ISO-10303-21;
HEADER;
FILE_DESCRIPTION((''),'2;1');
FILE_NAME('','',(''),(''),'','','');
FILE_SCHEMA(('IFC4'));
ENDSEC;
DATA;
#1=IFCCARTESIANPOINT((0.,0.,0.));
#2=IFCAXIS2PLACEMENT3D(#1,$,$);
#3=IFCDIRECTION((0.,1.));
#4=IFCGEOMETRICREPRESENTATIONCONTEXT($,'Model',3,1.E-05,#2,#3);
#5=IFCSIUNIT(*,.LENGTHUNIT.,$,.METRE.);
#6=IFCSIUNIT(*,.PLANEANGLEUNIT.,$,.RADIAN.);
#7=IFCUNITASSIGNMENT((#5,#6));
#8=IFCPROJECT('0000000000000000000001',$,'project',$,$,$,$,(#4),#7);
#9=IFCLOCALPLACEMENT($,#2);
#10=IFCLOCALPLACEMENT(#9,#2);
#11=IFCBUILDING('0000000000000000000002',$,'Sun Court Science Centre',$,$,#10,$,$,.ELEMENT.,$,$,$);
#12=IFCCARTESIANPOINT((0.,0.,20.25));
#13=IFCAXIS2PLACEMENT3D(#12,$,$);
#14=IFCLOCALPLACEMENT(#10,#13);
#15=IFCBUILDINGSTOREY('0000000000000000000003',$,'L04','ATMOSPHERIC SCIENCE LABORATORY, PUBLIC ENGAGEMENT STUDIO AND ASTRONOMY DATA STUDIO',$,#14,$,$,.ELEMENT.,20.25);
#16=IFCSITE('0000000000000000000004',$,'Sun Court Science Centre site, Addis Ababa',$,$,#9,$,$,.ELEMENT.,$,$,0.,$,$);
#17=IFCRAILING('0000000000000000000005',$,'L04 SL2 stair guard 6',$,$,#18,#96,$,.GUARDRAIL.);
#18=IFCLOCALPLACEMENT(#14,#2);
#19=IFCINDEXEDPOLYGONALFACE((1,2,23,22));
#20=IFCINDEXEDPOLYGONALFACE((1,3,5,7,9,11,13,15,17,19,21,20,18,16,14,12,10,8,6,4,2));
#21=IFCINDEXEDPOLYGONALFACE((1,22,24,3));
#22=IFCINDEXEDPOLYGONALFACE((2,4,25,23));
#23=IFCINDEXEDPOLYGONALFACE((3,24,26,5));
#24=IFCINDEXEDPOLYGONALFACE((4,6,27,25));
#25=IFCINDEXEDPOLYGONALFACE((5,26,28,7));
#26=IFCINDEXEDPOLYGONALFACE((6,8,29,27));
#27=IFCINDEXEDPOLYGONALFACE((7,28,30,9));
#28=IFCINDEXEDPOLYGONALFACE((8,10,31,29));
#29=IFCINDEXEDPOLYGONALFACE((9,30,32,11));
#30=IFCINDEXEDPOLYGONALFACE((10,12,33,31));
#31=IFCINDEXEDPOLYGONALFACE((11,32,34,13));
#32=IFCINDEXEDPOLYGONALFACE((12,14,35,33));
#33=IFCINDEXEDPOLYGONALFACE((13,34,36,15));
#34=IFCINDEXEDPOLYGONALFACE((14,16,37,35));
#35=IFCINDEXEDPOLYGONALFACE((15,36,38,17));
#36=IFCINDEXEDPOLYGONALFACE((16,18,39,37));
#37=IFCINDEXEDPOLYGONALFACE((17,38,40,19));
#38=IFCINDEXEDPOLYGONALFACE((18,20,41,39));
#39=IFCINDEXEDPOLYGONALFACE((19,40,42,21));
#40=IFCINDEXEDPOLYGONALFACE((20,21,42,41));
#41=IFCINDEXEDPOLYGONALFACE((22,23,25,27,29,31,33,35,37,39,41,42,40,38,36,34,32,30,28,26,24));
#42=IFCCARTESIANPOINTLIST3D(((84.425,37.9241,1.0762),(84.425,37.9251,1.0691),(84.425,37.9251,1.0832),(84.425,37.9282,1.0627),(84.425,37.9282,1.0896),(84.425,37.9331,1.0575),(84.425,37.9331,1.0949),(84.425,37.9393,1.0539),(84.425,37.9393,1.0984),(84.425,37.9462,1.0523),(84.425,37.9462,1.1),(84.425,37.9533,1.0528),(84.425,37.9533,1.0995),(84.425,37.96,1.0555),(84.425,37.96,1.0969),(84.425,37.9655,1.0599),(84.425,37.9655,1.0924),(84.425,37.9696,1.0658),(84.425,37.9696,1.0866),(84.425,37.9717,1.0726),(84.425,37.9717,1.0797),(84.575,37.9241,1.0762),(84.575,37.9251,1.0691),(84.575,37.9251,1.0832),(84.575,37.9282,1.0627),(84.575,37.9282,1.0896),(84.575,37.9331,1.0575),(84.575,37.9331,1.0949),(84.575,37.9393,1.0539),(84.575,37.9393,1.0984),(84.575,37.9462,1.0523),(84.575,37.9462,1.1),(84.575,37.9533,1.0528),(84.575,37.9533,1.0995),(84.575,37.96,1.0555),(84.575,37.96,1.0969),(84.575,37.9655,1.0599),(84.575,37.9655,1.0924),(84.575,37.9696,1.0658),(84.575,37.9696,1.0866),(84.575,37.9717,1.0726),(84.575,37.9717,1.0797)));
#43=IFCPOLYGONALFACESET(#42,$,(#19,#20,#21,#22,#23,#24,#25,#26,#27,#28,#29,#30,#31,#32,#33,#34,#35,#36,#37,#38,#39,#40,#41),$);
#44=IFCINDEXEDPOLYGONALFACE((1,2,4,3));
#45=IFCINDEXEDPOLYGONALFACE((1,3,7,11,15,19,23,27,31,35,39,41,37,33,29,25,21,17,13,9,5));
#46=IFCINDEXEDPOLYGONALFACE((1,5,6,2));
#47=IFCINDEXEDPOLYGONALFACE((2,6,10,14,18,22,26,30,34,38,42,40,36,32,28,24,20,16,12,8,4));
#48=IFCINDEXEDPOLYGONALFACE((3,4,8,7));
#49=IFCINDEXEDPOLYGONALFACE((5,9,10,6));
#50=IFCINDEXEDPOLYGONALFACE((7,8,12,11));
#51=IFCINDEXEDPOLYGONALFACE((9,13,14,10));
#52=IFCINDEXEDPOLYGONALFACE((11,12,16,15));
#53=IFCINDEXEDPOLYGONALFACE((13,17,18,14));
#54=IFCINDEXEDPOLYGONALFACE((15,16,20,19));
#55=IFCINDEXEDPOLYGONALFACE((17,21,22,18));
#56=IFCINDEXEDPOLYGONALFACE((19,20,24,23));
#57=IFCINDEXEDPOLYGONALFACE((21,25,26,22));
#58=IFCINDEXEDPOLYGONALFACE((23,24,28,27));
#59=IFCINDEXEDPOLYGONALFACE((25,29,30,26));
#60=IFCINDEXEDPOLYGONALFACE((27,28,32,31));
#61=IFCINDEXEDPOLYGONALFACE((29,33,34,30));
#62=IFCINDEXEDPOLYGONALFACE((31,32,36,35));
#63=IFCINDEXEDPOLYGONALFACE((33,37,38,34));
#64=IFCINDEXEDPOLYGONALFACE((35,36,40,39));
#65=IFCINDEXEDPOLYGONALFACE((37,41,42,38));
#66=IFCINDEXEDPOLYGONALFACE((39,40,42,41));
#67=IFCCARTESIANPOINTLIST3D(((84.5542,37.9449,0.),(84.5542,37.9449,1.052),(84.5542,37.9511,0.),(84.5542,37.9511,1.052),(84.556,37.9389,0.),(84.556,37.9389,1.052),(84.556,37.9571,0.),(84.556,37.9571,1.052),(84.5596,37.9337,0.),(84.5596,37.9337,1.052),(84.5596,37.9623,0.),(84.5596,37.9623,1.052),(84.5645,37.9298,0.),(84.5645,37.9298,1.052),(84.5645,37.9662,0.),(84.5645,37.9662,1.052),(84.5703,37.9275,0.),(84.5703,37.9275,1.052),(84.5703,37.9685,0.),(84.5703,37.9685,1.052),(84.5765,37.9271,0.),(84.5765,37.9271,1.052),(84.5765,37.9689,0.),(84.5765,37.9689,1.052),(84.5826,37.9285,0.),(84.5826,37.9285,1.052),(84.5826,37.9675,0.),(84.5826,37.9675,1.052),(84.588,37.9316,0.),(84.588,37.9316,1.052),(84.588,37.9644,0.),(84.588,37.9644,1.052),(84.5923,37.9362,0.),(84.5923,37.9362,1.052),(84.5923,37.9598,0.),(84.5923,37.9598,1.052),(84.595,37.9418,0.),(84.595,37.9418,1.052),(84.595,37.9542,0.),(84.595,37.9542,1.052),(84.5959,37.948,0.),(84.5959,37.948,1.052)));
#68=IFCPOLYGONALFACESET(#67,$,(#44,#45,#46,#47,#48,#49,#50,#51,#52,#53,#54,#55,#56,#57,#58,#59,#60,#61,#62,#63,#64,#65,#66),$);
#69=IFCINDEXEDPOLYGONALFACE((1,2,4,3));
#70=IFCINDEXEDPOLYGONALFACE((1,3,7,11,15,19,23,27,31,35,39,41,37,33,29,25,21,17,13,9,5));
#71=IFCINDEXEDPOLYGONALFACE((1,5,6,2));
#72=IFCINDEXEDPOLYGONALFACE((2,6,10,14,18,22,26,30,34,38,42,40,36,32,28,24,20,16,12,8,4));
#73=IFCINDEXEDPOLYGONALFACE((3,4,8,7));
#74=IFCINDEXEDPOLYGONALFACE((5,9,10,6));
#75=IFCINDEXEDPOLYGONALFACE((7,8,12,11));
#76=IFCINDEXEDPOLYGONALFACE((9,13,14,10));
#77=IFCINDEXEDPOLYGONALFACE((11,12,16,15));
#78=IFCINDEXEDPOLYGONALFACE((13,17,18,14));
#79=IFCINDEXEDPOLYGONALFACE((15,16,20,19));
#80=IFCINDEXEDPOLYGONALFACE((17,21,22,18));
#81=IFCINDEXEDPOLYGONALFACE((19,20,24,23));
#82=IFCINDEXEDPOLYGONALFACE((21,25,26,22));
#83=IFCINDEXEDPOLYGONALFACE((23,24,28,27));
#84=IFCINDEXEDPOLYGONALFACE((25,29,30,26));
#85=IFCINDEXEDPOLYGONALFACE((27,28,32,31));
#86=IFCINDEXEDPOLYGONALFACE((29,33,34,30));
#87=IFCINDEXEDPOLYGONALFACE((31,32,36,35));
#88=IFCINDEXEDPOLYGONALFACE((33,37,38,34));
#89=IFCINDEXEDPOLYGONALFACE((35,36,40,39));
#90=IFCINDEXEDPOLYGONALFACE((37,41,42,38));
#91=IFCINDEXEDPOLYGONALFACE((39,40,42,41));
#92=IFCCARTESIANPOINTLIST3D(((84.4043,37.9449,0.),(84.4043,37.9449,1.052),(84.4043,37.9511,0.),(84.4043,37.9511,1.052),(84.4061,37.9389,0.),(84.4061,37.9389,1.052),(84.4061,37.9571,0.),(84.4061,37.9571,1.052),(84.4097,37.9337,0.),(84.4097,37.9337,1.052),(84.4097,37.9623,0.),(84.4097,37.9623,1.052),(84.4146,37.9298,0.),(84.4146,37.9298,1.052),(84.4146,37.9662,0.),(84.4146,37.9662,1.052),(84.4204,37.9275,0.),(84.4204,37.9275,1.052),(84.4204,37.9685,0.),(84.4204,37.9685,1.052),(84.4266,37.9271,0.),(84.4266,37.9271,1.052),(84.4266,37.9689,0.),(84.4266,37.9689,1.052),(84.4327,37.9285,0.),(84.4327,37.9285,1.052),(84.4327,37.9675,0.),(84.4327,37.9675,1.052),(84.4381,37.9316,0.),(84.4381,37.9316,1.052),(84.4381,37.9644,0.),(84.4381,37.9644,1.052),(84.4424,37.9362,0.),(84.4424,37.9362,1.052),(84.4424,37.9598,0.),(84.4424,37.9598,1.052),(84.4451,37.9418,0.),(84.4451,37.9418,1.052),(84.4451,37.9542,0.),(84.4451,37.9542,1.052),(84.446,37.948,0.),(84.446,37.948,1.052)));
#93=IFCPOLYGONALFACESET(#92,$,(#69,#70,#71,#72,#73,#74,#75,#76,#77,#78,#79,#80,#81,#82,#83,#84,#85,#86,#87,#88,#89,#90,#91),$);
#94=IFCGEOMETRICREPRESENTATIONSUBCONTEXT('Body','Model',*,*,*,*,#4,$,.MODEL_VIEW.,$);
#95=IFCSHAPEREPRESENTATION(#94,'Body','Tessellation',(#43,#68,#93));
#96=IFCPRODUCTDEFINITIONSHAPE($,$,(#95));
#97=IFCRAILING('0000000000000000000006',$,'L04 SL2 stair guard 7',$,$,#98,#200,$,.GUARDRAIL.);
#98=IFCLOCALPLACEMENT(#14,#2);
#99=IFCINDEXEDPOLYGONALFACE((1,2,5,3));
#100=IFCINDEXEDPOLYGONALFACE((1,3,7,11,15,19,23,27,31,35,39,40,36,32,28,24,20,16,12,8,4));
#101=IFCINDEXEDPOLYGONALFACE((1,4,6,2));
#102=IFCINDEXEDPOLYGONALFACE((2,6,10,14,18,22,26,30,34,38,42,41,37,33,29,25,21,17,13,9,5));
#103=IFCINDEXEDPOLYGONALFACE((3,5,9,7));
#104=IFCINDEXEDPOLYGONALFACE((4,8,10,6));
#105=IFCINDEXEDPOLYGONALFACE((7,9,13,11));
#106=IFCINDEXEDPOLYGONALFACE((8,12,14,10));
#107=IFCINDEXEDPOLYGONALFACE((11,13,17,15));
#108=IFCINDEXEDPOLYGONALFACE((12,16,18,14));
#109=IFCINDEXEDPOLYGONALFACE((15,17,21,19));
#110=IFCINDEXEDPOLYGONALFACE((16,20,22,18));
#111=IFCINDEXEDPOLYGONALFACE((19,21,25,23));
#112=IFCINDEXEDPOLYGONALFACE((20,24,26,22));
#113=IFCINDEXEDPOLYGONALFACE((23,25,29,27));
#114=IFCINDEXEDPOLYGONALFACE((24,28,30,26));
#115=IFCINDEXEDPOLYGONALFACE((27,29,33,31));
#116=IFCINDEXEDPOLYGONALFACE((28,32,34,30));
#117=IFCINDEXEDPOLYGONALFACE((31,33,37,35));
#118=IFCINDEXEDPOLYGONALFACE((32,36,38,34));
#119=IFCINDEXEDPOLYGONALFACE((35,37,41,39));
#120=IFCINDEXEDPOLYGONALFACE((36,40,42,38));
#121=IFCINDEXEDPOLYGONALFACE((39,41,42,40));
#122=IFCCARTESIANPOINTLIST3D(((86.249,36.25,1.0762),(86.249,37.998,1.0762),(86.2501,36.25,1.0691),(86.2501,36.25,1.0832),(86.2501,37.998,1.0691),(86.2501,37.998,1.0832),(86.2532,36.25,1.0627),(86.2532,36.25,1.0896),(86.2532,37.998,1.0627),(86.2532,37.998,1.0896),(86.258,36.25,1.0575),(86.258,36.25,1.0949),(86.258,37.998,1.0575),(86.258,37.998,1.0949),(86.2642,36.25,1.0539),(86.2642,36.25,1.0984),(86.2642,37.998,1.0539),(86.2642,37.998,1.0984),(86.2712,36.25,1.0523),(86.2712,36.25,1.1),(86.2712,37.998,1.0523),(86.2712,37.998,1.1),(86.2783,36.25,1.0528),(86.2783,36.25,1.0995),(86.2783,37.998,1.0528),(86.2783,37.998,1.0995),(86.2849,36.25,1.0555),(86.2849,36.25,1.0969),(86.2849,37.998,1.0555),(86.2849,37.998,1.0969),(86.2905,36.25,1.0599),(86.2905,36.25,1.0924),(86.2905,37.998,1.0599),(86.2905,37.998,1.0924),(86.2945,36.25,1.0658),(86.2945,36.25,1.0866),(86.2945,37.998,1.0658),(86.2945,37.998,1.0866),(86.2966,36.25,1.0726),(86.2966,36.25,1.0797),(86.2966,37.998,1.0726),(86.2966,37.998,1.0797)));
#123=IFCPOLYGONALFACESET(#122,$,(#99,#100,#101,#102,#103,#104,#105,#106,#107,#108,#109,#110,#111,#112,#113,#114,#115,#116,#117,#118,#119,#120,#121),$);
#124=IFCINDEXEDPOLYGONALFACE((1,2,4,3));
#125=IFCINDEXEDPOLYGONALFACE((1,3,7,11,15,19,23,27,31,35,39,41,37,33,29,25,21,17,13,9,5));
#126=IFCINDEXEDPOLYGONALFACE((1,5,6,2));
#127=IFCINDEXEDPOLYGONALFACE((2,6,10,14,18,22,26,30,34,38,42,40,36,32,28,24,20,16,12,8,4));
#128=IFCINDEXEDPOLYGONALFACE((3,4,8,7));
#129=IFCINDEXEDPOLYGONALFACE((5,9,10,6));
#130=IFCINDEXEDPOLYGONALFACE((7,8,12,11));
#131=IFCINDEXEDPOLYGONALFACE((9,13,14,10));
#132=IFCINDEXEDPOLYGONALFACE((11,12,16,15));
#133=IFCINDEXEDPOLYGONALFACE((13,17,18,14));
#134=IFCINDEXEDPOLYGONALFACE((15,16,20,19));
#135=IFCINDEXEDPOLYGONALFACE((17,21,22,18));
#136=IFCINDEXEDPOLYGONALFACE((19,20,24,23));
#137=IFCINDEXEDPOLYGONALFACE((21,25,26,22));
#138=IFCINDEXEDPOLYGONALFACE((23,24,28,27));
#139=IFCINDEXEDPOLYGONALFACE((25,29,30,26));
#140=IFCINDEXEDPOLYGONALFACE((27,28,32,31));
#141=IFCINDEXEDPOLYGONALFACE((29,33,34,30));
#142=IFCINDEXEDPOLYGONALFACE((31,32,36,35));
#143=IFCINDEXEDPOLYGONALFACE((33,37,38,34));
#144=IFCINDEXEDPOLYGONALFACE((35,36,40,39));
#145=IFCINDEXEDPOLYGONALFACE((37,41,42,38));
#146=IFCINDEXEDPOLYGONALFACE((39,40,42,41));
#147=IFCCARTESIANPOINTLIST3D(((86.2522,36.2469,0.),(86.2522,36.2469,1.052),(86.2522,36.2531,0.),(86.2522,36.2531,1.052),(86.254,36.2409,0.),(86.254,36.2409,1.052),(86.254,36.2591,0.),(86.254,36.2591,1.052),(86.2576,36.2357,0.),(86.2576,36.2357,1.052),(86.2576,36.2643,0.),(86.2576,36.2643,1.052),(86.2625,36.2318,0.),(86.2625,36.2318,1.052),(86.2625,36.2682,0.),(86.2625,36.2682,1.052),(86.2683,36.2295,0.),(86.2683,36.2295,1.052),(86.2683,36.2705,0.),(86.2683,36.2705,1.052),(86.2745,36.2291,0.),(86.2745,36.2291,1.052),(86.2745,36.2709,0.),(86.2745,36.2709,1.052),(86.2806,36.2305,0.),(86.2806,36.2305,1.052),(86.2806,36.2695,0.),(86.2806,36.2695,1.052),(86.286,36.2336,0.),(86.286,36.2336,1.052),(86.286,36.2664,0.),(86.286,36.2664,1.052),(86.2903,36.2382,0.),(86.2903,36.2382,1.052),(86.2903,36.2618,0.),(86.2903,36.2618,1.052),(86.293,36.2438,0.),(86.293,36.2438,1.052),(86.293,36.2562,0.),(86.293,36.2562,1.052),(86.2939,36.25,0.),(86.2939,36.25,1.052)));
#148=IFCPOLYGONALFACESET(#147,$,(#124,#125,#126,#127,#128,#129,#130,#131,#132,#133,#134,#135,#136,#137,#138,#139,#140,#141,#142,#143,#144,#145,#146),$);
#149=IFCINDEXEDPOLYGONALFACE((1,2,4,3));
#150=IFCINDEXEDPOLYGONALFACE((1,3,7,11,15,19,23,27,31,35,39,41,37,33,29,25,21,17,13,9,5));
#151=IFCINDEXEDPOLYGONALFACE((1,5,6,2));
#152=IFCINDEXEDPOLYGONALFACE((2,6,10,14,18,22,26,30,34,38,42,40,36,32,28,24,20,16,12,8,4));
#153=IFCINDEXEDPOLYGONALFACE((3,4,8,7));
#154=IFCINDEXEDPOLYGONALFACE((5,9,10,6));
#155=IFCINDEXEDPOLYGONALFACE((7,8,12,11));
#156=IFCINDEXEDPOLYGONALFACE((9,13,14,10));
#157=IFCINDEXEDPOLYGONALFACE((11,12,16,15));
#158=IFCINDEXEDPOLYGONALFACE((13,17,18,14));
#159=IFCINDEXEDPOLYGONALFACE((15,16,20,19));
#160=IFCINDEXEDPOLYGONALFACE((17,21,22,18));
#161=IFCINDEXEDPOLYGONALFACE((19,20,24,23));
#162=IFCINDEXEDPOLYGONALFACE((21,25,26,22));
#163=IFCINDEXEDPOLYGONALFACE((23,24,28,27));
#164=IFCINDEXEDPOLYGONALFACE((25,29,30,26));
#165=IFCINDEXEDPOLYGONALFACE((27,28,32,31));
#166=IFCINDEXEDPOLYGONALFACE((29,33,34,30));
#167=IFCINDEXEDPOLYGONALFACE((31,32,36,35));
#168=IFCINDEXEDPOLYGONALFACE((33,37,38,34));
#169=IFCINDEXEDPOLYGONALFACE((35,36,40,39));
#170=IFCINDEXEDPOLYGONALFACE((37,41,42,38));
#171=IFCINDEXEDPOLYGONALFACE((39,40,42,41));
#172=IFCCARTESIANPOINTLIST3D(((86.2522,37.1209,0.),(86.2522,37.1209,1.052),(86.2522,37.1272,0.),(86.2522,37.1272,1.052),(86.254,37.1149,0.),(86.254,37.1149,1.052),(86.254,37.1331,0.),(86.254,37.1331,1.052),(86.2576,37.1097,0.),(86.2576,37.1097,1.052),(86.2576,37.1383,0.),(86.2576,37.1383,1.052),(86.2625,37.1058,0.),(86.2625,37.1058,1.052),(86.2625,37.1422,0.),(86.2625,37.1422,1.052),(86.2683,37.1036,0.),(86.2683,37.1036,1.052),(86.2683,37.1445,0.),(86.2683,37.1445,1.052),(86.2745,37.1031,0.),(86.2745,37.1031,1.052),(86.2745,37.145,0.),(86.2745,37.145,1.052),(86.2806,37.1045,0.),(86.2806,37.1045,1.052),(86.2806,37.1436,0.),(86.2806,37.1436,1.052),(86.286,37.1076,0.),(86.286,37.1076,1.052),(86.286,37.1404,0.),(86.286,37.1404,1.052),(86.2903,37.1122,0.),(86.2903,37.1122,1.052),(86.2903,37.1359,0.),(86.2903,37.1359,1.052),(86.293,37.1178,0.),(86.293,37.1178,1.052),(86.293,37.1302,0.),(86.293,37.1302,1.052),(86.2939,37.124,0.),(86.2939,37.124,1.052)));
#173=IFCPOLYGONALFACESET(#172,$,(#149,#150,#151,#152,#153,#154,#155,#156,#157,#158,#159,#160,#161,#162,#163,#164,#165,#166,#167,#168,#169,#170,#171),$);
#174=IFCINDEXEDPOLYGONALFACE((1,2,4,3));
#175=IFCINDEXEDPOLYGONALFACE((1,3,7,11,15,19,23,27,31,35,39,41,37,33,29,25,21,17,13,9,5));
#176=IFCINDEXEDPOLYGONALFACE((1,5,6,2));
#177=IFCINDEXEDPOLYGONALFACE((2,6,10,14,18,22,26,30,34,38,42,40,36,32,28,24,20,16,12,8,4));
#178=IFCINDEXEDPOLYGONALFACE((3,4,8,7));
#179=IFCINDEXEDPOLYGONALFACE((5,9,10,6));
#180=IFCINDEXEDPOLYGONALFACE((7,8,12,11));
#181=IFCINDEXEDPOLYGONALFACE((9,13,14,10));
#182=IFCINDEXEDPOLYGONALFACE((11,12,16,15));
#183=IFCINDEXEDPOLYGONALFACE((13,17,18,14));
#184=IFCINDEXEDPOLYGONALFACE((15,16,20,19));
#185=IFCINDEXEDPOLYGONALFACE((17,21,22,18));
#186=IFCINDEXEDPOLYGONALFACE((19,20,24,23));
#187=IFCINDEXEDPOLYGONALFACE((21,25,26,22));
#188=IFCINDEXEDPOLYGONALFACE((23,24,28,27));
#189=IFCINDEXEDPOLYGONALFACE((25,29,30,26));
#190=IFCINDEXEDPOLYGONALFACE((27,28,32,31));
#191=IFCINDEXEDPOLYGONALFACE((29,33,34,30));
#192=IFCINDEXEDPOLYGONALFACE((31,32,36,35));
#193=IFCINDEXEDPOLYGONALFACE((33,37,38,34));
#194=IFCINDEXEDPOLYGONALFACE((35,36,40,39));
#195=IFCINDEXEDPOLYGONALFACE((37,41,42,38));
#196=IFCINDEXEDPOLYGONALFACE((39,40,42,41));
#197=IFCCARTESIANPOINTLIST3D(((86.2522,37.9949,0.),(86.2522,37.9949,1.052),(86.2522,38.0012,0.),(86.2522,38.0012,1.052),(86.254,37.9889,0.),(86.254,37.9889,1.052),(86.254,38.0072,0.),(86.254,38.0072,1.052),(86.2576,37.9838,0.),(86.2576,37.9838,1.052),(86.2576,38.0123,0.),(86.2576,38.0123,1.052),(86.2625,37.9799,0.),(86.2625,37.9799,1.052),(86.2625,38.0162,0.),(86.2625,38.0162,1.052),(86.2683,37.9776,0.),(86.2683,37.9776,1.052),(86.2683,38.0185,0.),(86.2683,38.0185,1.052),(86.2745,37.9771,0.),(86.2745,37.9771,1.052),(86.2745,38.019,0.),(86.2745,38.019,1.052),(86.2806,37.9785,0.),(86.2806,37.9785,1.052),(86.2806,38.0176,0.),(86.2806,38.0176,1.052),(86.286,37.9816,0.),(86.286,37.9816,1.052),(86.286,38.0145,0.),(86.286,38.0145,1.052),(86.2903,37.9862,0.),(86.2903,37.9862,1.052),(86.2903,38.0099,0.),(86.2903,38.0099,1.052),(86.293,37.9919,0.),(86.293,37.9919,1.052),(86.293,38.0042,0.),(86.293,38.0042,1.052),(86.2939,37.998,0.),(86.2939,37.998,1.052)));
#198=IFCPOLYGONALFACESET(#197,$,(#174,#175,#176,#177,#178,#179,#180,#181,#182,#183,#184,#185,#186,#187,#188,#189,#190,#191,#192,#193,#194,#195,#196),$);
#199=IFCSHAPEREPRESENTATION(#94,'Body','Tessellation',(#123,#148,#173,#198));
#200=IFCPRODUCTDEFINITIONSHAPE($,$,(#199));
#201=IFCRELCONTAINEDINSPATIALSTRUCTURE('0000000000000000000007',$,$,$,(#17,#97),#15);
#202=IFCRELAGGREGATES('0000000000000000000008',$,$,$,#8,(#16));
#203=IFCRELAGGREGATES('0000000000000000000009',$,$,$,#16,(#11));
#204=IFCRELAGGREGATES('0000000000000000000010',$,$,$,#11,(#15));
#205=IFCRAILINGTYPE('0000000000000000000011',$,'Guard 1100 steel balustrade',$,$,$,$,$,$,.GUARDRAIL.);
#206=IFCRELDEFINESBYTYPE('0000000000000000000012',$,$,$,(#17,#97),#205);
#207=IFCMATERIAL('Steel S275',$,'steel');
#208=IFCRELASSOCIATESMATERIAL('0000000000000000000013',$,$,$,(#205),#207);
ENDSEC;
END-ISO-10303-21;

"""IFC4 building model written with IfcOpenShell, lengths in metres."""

from ifc_helpers import new_model, si_unit, direction, frame, origin, origin_2d, place, context, subcontext, project, spatial, circle, extrude, material, type_object, element, save


model = new_model("IFC4")

# Units and contexts
model_context = context("Model", 3, precision=1e-05, world=origin(), true_north=direction((0.0, 1.0)))
body_context = subcontext(model_context, "Body", "Model", "MODEL_VIEW")
ifc_project = project(units=[si_unit("LENGTHUNIT", "METRE"), si_unit("PLANEANGLEUNIT", "RADIAN")], contexts=[model_context])

# Site, building, storey
site_placement = place(None, origin())
site = spatial("IfcSite", under=ifc_project, at=site_placement, Name="Sun Court Science Centre site, Addis Ababa", CompositionType="ELEMENT", RefElevation=0.0)
building_placement = place(site_placement, origin())
building = spatial("IfcBuilding", under=site, at=building_placement, Name="Sun Court Science Centre", CompositionType="ELEMENT")
storey_placement = place(building_placement, frame((0.0, 0.0, 20.25)))
storey = spatial("IfcBuildingStorey", under=building, at=storey_placement, Name="L04", Description="ATMOSPHERIC SCIENCE LABORATORY, PUBLIC ENGAGEMENT STUDIO AND ASTRONOMY DATA STUDIO", CompositionType="ELEMENT", Elevation=20.25)

# Railings
ifc_material_1 = material(Name="Steel S275", Category="steel")
railing_type_1 = type_object("IfcRailingType", Name="Guard 1100 steel balustrade", PredefinedType="GUARDRAIL", material=ifc_material_1)
railing_1_placement = place(storey_placement, frame((84.575, 37.948, 0.0)))
element("IfcRailing", 1, at=railing_1_placement, inside=storey, type_object=railing_type_1, Name="L04 SL2 stair guard 6", PredefinedType="GUARDRAIL", context=body_context, shape_type="SweptSolid", body=[
    extrude(circle(Radius=0.0239, at=origin_2d()), frame((0.0, 0.0, 1.0762), z_axis=(-1.0, 0.0, 0.0), x_axis=(0.0, -1.0, 0.0)), (0.0, 0.0, 1.0), 0.1499),
    extrude(circle(Radius=0.021, at=origin_2d()), origin(), (0.0, 0.0, 1.0), 1.052),
    extrude(circle(Radius=0.021, at=origin_2d()), frame((-0.1499, 0.0, 0.0)), (0.0, 0.0, 1.0), 1.052),
])
for number, where, name in (
    (2, (86.2729, 36.25, 0.0), "L04 SL2 stair guard 7"),
):
    element("IfcRailing", number, at=place(storey_placement, frame(where)), inside=storey, type_object=railing_type_1, Name=name, PredefinedType="GUARDRAIL", context=body_context, shape_type="SweptSolid", body=[
        extrude(circle(Radius=0.0239, at=origin_2d()), frame((0.0, 0.0, 1.0762), z_axis=(0.0, 1.0, 0.0), x_axis=(-1.0, 0.0, 0.0)), (0.0, 0.0, 1.0), 1.748),
        extrude(circle(Radius=0.021, at=origin_2d()), origin(), (0.0, 0.0, 1.0), 1.052),
        extrude(circle(Radius=0.021, at=origin_2d()), frame((0.0, 0.874, 0.0)), (0.0, 0.0, 1.0), 1.052),
        extrude(circle(Radius=0.021, at=origin_2d()), frame((0.0, 1.748, 0.0)), (0.0, 0.0, 1.0), 1.052),
    ])

save(model, "model.ifc")
